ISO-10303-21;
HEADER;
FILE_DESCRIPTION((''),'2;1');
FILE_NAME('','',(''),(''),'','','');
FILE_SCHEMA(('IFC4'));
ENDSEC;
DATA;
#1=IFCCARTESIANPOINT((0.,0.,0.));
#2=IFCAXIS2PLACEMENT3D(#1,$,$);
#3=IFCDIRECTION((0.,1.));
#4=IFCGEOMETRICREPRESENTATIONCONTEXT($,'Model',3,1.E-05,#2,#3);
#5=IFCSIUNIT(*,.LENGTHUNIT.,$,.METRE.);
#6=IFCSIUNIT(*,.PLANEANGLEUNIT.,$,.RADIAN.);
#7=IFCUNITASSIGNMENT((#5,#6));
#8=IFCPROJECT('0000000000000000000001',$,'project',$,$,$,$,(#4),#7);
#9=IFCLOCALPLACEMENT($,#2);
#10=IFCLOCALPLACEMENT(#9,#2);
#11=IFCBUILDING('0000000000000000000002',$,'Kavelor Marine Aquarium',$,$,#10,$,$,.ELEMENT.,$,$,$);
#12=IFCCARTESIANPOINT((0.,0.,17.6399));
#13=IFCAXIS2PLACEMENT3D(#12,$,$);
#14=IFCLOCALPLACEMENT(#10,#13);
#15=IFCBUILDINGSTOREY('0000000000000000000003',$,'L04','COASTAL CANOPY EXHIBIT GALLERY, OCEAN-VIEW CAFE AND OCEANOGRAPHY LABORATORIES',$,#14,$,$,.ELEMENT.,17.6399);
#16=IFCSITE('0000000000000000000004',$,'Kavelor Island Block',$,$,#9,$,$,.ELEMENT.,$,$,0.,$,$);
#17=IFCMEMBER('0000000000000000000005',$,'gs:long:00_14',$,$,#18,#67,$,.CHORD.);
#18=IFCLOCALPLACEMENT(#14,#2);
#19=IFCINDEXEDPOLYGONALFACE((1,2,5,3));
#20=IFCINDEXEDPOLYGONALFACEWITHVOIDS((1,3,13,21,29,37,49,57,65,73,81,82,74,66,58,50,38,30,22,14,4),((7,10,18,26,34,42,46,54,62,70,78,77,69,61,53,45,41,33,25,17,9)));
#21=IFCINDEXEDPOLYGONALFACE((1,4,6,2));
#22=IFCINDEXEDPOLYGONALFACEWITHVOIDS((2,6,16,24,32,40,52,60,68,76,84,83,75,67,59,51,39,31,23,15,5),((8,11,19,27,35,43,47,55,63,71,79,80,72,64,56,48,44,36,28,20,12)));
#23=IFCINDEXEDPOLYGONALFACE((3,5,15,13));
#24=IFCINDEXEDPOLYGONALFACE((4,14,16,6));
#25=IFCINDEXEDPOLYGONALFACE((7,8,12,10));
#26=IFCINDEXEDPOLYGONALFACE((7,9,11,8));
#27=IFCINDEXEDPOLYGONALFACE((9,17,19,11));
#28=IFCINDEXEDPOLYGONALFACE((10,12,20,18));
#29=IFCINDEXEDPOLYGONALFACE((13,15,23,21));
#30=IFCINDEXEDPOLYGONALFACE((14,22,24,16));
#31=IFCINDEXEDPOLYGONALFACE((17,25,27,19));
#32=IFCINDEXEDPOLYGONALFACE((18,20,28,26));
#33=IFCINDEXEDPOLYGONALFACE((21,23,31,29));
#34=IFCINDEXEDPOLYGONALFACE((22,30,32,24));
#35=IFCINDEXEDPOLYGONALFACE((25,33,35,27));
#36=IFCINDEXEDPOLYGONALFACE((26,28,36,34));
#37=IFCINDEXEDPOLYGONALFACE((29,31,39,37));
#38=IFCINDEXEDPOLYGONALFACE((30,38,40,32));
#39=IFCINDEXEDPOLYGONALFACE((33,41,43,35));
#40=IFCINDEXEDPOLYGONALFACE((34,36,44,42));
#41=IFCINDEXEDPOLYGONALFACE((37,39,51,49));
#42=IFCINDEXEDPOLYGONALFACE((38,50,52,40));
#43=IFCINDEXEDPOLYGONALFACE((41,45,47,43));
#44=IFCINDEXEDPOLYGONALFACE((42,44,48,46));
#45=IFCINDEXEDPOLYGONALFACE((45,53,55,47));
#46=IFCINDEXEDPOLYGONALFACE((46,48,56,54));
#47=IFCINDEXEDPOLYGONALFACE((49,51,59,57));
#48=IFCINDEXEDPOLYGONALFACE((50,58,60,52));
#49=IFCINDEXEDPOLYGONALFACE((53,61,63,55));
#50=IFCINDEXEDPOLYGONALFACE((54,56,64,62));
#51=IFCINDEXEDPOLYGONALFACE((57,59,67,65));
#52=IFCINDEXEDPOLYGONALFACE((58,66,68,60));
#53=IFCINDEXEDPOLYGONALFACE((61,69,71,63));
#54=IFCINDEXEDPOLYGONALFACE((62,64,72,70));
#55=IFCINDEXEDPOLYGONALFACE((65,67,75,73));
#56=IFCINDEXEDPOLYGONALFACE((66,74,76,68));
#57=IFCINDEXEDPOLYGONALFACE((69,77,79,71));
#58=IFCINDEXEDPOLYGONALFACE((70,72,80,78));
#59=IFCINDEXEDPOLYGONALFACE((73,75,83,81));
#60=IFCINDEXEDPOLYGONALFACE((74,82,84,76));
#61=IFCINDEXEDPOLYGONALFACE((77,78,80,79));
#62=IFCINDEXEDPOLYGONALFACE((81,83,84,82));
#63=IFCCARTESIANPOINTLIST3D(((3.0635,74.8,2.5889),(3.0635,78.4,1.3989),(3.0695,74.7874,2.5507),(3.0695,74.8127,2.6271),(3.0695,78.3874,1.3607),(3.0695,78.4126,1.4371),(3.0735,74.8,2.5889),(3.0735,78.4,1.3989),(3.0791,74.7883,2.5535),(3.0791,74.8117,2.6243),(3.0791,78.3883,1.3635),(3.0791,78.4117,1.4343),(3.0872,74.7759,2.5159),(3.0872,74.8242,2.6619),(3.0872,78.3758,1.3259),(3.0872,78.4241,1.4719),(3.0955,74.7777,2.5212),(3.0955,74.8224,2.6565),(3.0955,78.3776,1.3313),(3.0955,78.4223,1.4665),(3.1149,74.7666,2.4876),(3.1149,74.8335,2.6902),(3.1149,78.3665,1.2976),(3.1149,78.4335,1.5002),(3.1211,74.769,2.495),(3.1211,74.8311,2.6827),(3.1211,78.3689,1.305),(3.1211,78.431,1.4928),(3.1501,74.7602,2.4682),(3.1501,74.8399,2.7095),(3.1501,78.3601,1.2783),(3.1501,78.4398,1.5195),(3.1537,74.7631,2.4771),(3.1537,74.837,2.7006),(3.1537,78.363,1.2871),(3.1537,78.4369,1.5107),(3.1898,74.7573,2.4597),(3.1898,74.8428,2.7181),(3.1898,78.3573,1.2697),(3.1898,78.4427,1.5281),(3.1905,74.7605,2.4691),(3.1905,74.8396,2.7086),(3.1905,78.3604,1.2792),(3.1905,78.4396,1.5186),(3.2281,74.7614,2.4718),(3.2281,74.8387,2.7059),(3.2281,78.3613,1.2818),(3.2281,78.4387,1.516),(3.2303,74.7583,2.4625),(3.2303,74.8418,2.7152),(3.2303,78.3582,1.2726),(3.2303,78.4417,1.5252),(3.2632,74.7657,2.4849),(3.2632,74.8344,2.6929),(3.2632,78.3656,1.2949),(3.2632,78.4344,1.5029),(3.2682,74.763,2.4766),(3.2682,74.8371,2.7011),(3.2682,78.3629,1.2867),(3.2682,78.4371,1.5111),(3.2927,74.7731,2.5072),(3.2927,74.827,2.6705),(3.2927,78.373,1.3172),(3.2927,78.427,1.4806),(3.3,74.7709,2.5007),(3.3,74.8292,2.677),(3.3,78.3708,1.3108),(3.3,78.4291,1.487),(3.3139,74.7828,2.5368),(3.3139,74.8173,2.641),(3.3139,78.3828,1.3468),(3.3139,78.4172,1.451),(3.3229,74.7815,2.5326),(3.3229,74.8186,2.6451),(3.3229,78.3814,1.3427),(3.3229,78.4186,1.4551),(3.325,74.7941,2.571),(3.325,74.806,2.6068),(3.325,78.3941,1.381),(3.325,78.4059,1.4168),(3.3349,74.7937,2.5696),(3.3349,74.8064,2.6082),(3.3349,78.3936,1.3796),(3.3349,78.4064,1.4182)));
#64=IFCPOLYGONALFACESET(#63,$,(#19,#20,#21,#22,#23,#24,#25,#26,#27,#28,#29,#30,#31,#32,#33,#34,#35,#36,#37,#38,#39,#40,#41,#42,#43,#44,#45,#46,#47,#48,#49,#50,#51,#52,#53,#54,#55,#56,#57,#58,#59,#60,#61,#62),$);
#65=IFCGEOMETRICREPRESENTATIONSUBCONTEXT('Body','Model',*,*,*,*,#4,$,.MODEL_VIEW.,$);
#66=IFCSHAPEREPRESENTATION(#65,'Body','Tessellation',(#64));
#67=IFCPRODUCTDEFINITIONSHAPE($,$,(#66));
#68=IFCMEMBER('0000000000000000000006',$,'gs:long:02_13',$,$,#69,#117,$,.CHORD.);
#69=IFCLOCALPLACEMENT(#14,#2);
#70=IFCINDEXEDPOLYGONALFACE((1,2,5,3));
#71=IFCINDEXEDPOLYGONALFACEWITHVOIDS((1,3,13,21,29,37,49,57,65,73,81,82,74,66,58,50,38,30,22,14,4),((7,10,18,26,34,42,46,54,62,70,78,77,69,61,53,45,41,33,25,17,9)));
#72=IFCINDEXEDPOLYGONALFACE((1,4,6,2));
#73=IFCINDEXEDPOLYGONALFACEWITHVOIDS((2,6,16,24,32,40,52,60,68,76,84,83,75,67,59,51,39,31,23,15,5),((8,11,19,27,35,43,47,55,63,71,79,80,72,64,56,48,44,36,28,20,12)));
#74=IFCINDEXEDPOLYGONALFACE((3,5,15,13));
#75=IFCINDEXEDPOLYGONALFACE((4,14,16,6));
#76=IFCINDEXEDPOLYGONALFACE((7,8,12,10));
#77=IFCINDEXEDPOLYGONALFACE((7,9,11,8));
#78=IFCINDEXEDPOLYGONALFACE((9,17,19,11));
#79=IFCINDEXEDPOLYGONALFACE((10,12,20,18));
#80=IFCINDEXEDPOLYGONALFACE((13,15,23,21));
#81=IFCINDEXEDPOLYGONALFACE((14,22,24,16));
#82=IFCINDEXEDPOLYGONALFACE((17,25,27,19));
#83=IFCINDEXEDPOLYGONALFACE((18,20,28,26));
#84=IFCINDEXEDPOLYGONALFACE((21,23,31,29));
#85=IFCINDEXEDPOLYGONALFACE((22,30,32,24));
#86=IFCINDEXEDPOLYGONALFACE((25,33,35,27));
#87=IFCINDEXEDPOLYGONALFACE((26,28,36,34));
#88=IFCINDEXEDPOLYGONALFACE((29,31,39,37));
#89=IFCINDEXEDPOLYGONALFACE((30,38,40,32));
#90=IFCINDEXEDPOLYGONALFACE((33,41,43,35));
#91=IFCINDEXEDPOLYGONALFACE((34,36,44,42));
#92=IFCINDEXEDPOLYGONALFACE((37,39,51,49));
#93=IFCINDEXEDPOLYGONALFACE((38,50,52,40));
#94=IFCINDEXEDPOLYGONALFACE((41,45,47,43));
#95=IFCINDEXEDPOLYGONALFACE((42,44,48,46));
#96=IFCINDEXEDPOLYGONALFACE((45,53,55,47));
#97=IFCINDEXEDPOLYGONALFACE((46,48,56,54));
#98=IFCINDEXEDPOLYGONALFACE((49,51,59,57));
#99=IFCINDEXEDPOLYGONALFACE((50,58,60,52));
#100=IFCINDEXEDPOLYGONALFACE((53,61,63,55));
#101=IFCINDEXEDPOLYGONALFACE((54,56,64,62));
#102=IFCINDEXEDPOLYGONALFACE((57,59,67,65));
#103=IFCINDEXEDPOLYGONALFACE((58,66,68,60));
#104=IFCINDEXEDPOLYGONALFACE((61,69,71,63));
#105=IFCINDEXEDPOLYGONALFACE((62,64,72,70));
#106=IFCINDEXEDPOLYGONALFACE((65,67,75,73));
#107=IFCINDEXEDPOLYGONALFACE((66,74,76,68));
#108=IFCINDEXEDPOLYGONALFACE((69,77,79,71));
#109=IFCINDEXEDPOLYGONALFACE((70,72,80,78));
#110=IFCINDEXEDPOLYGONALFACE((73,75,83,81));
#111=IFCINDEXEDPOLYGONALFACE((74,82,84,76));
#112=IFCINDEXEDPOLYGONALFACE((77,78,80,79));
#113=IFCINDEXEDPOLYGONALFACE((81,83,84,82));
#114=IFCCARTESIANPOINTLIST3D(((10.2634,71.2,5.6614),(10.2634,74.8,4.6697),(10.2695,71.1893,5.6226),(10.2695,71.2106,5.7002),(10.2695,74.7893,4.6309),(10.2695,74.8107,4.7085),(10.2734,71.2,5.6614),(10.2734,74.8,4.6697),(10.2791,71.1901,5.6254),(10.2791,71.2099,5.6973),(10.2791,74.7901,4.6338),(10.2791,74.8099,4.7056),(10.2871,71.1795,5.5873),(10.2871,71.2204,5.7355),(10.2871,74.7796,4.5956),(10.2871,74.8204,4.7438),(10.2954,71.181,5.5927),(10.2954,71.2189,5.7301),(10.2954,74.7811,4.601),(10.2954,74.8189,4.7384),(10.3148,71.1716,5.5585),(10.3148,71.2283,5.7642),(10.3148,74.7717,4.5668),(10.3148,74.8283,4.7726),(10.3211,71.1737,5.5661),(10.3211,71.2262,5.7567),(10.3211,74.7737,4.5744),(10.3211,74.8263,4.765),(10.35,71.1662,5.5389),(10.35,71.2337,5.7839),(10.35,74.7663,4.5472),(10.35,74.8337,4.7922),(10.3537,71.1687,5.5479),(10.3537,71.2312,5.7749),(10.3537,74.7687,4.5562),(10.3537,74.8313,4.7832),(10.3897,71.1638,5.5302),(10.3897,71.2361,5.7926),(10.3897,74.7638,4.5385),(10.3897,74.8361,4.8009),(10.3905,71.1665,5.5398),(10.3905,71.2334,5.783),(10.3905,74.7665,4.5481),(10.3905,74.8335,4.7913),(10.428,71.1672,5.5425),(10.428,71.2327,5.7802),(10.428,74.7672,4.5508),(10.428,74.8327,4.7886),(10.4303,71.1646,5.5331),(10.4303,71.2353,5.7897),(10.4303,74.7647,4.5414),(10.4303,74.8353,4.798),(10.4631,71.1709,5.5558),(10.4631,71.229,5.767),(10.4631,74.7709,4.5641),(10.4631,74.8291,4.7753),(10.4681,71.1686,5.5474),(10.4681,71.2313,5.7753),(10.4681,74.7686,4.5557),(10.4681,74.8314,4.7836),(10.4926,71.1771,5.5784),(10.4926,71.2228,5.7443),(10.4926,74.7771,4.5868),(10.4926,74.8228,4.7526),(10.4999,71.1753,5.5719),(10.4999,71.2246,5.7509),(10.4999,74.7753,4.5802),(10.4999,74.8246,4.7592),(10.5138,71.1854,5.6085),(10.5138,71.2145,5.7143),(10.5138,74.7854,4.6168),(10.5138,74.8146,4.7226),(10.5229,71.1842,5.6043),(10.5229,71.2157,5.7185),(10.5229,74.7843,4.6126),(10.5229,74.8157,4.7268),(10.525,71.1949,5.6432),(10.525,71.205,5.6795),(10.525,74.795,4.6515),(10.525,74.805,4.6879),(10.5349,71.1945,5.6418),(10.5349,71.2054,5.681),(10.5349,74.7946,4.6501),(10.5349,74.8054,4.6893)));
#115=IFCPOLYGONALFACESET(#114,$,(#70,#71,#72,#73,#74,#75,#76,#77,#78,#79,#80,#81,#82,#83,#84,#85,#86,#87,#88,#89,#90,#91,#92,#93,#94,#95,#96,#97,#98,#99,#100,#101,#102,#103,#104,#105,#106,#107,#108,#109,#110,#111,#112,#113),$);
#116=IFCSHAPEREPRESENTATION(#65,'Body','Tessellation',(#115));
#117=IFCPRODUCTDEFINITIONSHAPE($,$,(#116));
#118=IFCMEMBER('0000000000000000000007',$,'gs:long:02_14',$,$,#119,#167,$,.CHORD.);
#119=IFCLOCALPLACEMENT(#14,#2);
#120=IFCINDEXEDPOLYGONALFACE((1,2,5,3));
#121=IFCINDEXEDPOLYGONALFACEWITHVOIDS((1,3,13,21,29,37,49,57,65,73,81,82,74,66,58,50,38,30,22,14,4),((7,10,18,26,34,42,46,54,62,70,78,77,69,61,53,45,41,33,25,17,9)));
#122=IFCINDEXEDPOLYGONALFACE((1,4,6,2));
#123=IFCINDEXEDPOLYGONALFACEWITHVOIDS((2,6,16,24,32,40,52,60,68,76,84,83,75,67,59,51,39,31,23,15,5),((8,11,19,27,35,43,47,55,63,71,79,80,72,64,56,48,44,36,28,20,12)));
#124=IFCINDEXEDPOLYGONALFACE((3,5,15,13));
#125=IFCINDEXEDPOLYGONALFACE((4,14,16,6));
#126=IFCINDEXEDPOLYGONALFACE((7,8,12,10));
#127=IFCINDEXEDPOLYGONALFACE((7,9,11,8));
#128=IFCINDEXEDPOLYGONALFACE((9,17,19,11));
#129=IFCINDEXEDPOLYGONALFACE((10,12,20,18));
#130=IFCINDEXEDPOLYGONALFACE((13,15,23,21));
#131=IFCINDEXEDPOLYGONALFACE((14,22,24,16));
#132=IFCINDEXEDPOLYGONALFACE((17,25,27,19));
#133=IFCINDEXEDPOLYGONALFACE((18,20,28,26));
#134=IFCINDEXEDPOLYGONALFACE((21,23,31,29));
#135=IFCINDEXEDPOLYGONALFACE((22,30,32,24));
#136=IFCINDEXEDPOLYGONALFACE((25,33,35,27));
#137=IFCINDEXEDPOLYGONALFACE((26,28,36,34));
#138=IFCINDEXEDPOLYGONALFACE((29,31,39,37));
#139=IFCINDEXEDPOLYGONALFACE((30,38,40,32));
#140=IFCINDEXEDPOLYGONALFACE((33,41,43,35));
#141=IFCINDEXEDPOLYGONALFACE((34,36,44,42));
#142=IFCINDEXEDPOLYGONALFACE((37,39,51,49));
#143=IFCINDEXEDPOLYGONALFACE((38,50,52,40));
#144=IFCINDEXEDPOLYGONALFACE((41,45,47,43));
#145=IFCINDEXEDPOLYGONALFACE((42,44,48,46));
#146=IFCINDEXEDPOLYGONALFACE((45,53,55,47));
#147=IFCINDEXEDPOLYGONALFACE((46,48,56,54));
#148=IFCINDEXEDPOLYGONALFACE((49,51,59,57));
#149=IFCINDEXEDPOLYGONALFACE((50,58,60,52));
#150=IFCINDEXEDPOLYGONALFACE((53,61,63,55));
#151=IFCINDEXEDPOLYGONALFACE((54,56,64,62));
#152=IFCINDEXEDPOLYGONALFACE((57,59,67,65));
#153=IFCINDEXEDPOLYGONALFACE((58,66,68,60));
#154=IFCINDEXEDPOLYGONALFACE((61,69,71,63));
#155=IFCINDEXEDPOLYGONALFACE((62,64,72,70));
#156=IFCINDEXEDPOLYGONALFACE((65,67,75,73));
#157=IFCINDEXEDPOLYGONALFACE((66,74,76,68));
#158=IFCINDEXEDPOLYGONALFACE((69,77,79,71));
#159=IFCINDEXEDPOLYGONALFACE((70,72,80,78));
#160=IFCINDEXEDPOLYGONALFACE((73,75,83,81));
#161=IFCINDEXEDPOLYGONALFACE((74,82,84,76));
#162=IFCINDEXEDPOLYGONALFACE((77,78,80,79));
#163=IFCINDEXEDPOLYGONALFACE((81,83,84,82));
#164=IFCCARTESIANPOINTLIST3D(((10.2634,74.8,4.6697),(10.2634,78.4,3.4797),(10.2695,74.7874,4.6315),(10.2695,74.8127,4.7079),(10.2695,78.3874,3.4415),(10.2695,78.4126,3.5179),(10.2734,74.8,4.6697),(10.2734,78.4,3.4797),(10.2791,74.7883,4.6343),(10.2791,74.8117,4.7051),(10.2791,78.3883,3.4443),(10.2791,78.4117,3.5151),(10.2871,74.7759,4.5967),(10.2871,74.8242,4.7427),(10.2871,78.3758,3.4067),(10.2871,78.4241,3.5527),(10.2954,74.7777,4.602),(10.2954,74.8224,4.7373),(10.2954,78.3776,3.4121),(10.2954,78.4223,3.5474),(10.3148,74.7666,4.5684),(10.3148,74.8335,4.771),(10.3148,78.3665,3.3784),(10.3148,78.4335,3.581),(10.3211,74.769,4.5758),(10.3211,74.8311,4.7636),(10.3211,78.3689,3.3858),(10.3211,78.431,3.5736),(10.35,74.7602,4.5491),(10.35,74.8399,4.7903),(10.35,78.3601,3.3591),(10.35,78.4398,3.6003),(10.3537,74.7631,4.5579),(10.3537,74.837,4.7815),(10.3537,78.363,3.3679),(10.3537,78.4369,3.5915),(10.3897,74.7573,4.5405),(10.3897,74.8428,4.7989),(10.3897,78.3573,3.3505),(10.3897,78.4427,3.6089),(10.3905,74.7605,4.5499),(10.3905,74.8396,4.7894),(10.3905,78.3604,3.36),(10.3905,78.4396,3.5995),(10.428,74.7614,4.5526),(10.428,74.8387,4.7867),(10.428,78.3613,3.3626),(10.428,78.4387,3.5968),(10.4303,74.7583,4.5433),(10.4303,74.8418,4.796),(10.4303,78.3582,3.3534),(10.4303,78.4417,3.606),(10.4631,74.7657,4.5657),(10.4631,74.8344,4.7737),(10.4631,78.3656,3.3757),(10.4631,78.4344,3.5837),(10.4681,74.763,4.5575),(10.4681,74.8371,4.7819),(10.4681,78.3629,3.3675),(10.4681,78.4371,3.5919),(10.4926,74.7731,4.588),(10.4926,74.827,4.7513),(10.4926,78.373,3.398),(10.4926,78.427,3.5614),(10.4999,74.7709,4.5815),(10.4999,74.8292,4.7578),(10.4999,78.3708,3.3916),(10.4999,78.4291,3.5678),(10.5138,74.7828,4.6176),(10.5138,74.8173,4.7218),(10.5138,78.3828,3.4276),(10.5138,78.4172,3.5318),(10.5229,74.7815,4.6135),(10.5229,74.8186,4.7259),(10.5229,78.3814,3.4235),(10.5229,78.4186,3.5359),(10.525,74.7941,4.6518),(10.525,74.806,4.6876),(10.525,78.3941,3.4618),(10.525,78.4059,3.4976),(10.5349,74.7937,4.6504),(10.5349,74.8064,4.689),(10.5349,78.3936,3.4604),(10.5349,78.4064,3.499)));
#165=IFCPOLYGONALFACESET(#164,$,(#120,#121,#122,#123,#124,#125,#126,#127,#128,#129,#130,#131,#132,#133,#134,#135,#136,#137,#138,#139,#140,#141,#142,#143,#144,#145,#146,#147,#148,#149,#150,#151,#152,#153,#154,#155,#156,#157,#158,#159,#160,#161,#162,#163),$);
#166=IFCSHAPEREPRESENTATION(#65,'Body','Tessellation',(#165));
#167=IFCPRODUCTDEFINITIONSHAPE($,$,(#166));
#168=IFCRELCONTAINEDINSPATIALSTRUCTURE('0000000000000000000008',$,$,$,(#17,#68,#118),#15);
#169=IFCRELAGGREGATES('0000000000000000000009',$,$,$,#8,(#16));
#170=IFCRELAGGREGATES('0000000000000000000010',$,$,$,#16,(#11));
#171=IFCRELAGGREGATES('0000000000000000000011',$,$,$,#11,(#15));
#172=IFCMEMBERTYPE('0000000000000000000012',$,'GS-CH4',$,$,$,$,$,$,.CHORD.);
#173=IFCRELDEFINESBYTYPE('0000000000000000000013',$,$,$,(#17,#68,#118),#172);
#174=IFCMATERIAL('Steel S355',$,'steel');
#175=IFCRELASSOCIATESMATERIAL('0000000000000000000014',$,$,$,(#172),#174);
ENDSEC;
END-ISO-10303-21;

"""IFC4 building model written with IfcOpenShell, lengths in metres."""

from ifc_helpers import new_model, si_unit, direction, frame, origin, origin_2d, place, context, subcontext, project, spatial, hollow_circle, extrude, material, material_profile, profile_set, type_object, element, save


model = new_model("IFC4")

# Units and contexts
model_context = context("Model", 3, precision=1e-05, world=origin(), true_north=direction((0.0, 1.0)))
body_context = subcontext(model_context, "Body", "Model", "MODEL_VIEW")
ifc_project = project(units=[si_unit("LENGTHUNIT", "METRE"), si_unit("PLANEANGLEUNIT", "RADIAN")], contexts=[model_context])

# Site, building, storey
site_placement = place(None, origin())
site = spatial("IfcSite", under=ifc_project, at=site_placement, Name="Kavelor Island Block", CompositionType="ELEMENT", RefElevation=0.0)
building_placement = place(site_placement, origin())
building = spatial("IfcBuilding", under=site, at=building_placement, Name="Kavelor Marine Aquarium", CompositionType="ELEMENT")
storey_placement = place(building_placement, frame((0.0, 0.0, 17.6399)))
storey = spatial("IfcBuildingStorey", under=building, at=storey_placement, Name="L04", Description="COASTAL CANOPY EXHIBIT GALLERY, OCEAN-VIEW CAFE AND OCEANOGRAPHY LABORATORIES", CompositionType="ELEMENT", Elevation=17.6399)

# Members
ifc_material_1 = material(Name="Steel S355", Category="steel")
ifc_material_profile_1 = material_profile(ifc_material_1, hollow_circle(Radius=0.1365, WallThickness=0.01, at=origin_2d()), Name="CHS 273.0x10.0")
ifc_profile_set_1 = profile_set([ifc_material_profile_1], Name="Steel S355")
member_type_1 = type_object("IfcMemberType", Name="GS-CH4", PredefinedType="CHORD", material=ifc_profile_set_1)
member_1_placement = place(storey_placement, frame((3.2, 74.8, 2.5889), z_axis=(0.0, 0.949472, -0.313851), x_axis=(-1.0, 0.0, 0.0)))
element("IfcMember", 1, at=member_1_placement, inside=storey, type_object=member_type_1, Name="gs:long:00_14", PredefinedType="CHORD", context=body_context, shape_type="SweptSolid", body=[
    extrude(hollow_circle(Radius=0.1365, WallThickness=0.01, at=origin_2d()), origin(), (0.0, 0.0, 1.0), 3.7915),
])
member_2_placement = place(storey_placement, frame((10.3999, 71.2, 5.6614), z_axis=(0.0, 0.964091, -0.265573), x_axis=(-1.0, 0.0, 0.0)))
element("IfcMember", 2, at=member_2_placement, inside=storey, type_object=member_type_1, Name="gs:long:02_13", PredefinedType="CHORD", context=body_context, shape_type="SweptSolid", body=[
    extrude(hollow_circle(Radius=0.1365, WallThickness=0.01, at=origin_2d()), origin(), (0.0, 0.0, 1.0), 3.7341),
])
member_3_placement = place(storey_placement, frame((10.3999, 74.8, 4.6697), z_axis=(0.0, 0.949472, -0.313851), x_axis=(-1.0, 0.0, 0.0)))
element("IfcMember", 3, at=member_3_placement, inside=storey, type_object=member_type_1, Name="gs:long:02_14", PredefinedType="CHORD", context=body_context, shape_type="SweptSolid", body=[
    extrude(hollow_circle(Radius=0.1365, WallThickness=0.01, at=origin_2d()), origin(), (0.0, 0.0, 1.0), 3.7915),
])

save(model, "model.ifc")
